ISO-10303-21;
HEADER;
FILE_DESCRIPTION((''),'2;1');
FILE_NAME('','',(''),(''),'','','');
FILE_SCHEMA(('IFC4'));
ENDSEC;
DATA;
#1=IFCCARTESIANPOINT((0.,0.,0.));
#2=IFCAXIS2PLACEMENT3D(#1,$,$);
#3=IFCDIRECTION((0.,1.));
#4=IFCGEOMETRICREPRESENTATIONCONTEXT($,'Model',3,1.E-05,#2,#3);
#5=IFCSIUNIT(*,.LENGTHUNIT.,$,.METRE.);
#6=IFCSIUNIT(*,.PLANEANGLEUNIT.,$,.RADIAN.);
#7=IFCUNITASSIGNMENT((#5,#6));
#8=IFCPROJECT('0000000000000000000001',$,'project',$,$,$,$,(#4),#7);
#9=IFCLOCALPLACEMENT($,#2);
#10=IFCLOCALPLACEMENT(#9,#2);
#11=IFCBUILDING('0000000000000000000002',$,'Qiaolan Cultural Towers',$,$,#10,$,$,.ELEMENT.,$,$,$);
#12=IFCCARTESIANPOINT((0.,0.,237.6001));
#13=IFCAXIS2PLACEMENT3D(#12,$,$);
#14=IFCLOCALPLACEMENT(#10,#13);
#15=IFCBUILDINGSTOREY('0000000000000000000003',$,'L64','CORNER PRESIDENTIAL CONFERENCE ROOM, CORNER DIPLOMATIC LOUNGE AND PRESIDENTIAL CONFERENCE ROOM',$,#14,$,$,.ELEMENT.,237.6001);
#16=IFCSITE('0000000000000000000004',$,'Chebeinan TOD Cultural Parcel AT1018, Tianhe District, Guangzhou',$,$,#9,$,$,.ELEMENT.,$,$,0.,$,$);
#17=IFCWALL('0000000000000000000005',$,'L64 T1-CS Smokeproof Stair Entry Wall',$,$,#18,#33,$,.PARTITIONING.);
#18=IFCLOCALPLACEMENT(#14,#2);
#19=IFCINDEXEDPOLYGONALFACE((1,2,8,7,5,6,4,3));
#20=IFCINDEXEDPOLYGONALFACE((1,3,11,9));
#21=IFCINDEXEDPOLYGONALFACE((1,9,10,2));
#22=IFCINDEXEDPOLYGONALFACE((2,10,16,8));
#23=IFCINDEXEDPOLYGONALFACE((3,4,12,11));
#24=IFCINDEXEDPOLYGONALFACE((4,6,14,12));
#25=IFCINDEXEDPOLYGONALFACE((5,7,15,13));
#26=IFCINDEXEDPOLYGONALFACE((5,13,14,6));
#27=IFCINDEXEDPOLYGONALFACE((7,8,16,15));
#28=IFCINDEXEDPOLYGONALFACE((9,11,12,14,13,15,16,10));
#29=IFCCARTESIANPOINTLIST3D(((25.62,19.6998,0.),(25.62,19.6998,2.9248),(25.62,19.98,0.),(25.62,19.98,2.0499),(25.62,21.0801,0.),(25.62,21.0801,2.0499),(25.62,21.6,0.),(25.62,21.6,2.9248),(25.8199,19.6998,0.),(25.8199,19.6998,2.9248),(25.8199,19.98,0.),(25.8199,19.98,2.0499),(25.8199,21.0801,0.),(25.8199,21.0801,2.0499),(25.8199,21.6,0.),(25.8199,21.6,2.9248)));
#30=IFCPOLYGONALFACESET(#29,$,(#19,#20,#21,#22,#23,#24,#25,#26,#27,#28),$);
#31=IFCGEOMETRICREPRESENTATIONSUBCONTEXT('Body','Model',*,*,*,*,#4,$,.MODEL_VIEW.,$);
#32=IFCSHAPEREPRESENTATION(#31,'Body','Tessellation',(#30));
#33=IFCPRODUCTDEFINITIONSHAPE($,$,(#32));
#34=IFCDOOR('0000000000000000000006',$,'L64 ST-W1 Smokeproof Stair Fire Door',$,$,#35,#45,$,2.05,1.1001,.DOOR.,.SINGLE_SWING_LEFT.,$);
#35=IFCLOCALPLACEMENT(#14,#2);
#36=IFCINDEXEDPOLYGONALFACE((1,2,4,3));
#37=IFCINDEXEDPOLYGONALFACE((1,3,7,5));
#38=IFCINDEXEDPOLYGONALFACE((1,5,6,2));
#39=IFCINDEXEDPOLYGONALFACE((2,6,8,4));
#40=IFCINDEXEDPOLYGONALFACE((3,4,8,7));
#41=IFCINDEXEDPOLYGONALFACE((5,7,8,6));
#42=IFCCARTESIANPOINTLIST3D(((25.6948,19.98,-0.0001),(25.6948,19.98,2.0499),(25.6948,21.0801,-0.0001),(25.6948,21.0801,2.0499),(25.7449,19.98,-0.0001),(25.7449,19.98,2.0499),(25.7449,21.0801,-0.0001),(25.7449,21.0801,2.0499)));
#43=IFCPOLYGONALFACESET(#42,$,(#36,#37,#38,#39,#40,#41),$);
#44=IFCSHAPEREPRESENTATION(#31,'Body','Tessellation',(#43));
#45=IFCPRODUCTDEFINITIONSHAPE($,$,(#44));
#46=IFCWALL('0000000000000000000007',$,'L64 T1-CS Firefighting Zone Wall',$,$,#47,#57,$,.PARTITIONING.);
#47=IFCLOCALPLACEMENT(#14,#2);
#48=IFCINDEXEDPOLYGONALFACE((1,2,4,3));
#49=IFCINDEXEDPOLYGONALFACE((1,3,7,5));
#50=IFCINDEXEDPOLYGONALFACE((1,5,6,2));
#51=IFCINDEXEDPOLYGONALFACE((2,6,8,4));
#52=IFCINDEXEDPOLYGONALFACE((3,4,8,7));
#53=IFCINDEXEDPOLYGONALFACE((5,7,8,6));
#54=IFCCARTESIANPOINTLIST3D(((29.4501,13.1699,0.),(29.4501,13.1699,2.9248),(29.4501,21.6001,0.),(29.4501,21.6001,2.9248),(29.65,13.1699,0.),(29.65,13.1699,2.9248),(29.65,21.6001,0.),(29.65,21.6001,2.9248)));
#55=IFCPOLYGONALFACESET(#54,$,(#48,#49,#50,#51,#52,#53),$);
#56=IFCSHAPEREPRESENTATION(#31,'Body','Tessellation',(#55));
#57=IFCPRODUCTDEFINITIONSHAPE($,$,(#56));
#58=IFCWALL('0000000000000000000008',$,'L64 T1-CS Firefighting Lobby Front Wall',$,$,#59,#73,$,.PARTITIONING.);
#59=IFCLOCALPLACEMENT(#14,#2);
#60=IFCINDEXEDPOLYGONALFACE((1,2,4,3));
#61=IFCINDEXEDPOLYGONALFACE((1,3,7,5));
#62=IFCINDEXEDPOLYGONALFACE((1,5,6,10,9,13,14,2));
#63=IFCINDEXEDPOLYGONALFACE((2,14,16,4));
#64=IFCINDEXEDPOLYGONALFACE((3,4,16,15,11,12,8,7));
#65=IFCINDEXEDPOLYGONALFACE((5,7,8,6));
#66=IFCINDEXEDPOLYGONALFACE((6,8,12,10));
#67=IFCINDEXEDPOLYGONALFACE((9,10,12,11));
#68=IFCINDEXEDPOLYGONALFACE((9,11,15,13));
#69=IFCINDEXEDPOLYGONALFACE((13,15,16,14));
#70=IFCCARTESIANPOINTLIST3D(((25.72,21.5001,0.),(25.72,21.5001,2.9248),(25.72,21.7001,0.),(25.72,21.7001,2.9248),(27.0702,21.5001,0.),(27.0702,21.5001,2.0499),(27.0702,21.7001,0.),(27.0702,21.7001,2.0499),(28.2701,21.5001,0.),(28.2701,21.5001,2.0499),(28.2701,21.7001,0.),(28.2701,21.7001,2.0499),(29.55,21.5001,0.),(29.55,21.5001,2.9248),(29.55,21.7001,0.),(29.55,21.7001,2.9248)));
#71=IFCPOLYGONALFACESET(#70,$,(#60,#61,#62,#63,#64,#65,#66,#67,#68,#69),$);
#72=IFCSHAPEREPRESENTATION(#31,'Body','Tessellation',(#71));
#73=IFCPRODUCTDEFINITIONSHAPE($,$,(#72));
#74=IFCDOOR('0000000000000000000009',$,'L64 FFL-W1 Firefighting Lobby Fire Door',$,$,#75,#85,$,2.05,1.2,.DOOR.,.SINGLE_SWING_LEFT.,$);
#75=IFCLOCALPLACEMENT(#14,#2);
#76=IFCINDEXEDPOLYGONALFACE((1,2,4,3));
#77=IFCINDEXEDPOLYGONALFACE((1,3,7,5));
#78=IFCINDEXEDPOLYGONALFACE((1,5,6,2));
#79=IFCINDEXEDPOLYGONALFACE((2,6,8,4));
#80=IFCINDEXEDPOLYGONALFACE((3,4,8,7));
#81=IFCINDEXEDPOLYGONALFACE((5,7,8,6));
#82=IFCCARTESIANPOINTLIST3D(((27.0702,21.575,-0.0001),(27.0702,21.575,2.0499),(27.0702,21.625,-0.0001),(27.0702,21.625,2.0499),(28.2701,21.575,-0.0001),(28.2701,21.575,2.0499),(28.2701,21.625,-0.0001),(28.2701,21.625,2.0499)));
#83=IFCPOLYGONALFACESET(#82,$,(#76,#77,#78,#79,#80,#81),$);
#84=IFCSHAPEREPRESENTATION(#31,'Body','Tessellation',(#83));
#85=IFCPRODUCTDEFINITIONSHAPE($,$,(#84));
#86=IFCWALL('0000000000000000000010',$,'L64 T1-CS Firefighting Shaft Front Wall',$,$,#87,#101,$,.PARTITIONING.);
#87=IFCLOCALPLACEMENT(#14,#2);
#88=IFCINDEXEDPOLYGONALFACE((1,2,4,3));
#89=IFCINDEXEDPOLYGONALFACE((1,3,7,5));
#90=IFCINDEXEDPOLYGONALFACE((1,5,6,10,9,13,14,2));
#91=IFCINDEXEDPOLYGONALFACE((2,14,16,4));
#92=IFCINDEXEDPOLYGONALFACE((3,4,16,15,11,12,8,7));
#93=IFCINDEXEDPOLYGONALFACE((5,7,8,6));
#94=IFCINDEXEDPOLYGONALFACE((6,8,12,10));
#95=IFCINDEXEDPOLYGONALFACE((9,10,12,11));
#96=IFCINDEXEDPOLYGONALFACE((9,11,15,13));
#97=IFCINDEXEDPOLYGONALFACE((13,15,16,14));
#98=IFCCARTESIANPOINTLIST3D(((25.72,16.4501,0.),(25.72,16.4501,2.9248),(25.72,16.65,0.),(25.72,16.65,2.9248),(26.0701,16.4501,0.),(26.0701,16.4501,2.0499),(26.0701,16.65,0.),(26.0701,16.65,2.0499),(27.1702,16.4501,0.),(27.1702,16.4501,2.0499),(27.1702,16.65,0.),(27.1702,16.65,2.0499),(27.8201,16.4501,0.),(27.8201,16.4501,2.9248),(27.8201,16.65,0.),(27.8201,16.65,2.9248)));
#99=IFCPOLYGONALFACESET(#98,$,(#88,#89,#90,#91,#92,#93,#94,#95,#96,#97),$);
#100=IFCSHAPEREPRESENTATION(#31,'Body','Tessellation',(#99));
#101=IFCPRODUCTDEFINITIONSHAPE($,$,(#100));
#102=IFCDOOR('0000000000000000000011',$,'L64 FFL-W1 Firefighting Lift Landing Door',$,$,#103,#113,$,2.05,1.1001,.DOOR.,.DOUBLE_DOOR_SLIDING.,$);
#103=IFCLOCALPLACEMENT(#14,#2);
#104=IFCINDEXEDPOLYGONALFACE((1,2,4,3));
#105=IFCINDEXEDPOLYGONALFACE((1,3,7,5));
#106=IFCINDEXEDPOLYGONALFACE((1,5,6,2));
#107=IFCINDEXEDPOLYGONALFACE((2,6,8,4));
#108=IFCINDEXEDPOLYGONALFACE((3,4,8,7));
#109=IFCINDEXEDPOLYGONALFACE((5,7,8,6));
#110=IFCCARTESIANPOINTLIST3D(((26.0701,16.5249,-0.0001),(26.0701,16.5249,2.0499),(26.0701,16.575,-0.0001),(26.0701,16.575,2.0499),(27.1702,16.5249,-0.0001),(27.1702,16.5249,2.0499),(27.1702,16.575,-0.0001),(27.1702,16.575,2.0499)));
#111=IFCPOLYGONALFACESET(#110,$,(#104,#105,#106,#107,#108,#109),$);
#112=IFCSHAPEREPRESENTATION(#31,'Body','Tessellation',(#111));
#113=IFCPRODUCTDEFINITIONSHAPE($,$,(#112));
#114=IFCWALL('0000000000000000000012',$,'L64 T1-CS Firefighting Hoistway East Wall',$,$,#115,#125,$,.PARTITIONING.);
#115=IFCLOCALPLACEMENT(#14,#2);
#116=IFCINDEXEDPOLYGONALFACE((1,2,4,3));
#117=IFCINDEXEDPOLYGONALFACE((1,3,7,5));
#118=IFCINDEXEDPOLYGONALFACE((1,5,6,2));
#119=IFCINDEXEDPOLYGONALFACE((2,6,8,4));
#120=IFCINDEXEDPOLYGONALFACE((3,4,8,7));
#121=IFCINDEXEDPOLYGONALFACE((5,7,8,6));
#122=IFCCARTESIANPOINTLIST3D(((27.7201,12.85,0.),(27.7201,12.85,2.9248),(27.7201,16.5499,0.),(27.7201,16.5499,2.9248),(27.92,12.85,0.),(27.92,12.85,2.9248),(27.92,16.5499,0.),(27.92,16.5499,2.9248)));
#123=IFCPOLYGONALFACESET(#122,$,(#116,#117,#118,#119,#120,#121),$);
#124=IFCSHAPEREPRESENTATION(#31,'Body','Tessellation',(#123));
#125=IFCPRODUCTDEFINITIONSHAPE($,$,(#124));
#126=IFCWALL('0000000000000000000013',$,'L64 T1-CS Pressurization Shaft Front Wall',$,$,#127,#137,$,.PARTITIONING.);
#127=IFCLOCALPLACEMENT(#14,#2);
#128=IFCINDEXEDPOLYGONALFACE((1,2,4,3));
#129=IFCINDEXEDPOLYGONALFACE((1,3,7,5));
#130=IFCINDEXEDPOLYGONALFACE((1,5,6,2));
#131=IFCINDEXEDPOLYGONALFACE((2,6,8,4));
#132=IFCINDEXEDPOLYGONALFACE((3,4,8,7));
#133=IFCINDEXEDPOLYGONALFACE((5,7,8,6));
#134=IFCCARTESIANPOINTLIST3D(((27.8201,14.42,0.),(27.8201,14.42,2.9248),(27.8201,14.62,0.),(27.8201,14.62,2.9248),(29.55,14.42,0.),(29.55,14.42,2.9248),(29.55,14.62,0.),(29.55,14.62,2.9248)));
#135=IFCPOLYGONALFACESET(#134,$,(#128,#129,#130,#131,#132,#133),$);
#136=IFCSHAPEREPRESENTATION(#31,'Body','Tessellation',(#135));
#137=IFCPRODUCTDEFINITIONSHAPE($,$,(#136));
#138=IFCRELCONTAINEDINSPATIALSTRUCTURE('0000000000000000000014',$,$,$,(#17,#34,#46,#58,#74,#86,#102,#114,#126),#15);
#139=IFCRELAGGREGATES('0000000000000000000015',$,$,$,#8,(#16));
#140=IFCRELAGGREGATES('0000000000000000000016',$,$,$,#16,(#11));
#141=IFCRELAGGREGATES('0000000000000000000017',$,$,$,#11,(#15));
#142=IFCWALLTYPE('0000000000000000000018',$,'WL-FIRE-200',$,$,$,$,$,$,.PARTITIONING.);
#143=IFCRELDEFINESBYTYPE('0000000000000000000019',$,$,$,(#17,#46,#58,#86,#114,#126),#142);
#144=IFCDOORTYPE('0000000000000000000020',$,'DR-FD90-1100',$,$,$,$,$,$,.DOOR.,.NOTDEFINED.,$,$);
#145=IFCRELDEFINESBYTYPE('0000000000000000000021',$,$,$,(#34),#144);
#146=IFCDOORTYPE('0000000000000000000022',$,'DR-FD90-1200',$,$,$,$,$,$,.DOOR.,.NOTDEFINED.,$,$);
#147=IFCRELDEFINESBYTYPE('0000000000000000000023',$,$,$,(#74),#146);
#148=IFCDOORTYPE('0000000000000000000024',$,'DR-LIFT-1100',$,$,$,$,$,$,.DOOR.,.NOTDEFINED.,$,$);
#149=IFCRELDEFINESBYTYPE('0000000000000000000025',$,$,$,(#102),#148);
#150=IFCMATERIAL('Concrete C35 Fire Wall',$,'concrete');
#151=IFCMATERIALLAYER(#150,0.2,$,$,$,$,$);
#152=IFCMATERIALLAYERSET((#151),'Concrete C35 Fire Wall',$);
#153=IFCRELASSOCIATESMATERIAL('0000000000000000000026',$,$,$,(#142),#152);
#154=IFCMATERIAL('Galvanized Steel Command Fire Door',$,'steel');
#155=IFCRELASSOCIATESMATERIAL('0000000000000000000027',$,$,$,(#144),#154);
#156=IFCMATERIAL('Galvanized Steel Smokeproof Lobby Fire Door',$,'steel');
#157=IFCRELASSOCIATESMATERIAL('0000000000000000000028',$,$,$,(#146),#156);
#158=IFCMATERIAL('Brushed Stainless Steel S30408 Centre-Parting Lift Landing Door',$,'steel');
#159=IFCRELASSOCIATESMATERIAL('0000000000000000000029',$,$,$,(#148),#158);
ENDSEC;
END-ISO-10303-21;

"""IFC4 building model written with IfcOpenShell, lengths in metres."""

from ifc_helpers import new_model, si_unit, direction, frame, frame_2d, origin, place, context, subcontext, project, spatial, rectangle, extrude, material, layer, layer_set, type_object, element, fill, save


model = new_model("IFC4")

# Units and contexts
model_context = context("Model", 3, precision=1e-05, world=origin(), true_north=direction((0.0, 1.0)))
body_context = subcontext(model_context, "Body", "Model", "MODEL_VIEW")
ifc_project = project(units=[si_unit("LENGTHUNIT", "METRE"), si_unit("PLANEANGLEUNIT", "RADIAN")], contexts=[model_context])

# Site, building, storey
site_placement = place(None, origin())
site = spatial("IfcSite", under=ifc_project, at=site_placement, Name="Chebeinan TOD Cultural Parcel AT1018, Tianhe District, Guangzhou", CompositionType="ELEMENT", RefElevation=0.0)
building_placement = place(site_placement, origin())
building = spatial("IfcBuilding", under=site, at=building_placement, Name="Qiaolan Cultural Towers", CompositionType="ELEMENT")
storey_placement = place(building_placement, frame((0.0, 0.0, 237.6001)))
storey = spatial("IfcBuildingStorey", under=building, at=storey_placement, Name="L64", Description="CORNER PRESIDENTIAL CONFERENCE ROOM, CORNER DIPLOMATIC LOUNGE AND PRESIDENTIAL CONFERENCE ROOM", CompositionType="ELEMENT", Elevation=237.6001)

# Wall, opening, door
ifc_material_1 = material(Name="Concrete C35 Fire Wall", Category="concrete")
ifc_layer_1 = layer(ifc_material_1, 0.2)
ifc_layer_set_1 = layer_set([ifc_layer_1], Name="Concrete C35 Fire Wall")
wall_type_1 = type_object("IfcWallType", Name="WL-FIRE-200", PredefinedType="PARTITIONING", material=ifc_layer_set_1)
wall_1_placement = place(storey_placement, frame((25.72, 21.6001, 0.0), z_axis=(0.0, 0.0, 1.0), x_axis=(0.0, -1.0, 0.0)))
wall_1 = element("IfcWall", 1, at=wall_1_placement, inside=storey, type_object=wall_type_1, Name="L64 T1-CS Smokeproof Stair Entry Wall", PredefinedType="PARTITIONING", context=body_context, shape_type="SweptSolid", body=[
    extrude(rectangle(XDim=1.9001, YDim=0.2, at=frame_2d((0.9502, 0.0))), origin(), (0.0, 0.0, 1.0), 2.9248),
])
opening_1_placement = place(wall_1_placement, frame((0.52, 0.0, 0.0)))
opening_1 = element("IfcOpeningElement", 2, at=opening_1_placement, cuts=wall_1, PredefinedType="OPENING", context=body_context, shape_type="SweptSolid", body=[
    extrude(rectangle(XDim=1.1001, YDim=2.05, at=frame_2d((0.55, 1.0249))), frame((0.0, 0.1099, 0.0), z_axis=(0.0, -1.0, 0.0), x_axis=(1.0, 0.0, 0.0)), (0.0, 0.0, 1.0), 0.22),
])
ifc_material_2 = material(Name="Galvanized Steel Command Fire Door", Category="steel")
door_type_1 = type_object("IfcDoorType", Name="DR-FD90-1100", OperationType="NOTDEFINED", PredefinedType="DOOR", material=ifc_material_2)
door_1_placement = place(opening_1_placement, origin())
door_1 = element("IfcDoor", 3, at=door_1_placement, inside=storey, type_object=door_type_1, Name="L64 ST-W1 Smokeproof Stair Fire Door", OperationType="SINGLE_SWING_LEFT", OverallHeight=2.05, OverallWidth=1.1001, PredefinedType="DOOR", context=body_context, shape_type="SweptSolid", body=[
    extrude(rectangle(XDim=1.1001, YDim=2.05, at=frame_2d((0.55, 1.0249))), frame((0.0, 0.0249, 0.0), z_axis=(0.0, -1.0, 0.0), x_axis=(1.0, 0.0, 0.0)), (0.0, 0.0, 1.0), 0.05),
])
fill(opening_1, door_1)

# Wall
wall_2_placement = place(storey_placement, frame((29.55, 21.6001, 0.0), z_axis=(0.0, 0.0, 1.0), x_axis=(0.0, -1.0, 0.0)))
element("IfcWall", 4, at=wall_2_placement, inside=storey, type_object=wall_type_1, Name="L64 T1-CS Firefighting Zone Wall", PredefinedType="PARTITIONING", context=body_context, shape_type="SweptSolid", body=[
    extrude(rectangle(XDim=8.4302, YDim=0.2, at=frame_2d((4.2151, 0.0))), origin(), (0.0, 0.0, 1.0), 2.9248),
])

# Walls, openings, doors
wall_3_placement = place(storey_placement, frame((25.72, 21.6001, 0.0), z_axis=(0.0, 0.0, 1.0), x_axis=(1.0, 0.0, 0.0)))
wall_3 = element("IfcWall", 5, at=wall_3_placement, inside=storey, type_object=wall_type_1, Name="L64 T1-CS Firefighting Lobby Front Wall", PredefinedType="PARTITIONING", context=body_context, shape_type="SweptSolid", body=[
    extrude(rectangle(XDim=3.8301, YDim=0.2, at=frame_2d((1.915, 0.0))), origin(), (0.0, 0.0, 1.0), 2.9248),
])
opening_2_placement = place(wall_3_placement, frame((1.3501, 0.0, 0.0)))
opening_2 = element("IfcOpeningElement", 6, at=opening_2_placement, cuts=wall_3, PredefinedType="OPENING", context=body_context, shape_type="SweptSolid", body=[
    extrude(rectangle(XDim=1.2, YDim=2.05, at=frame_2d((0.6001, 1.0249))), frame((0.0, 0.1099, 0.0), z_axis=(0.0, -1.0, 0.0), x_axis=(1.0, 0.0, 0.0)), (0.0, 0.0, 1.0), 0.22),
])
ifc_material_3 = material(Name="Galvanized Steel Smokeproof Lobby Fire Door", Category="steel")
door_type_2 = type_object("IfcDoorType", Name="DR-FD90-1200", OperationType="NOTDEFINED", PredefinedType="DOOR", material=ifc_material_3)
door_2_placement = place(opening_2_placement, origin())
door_2 = element("IfcDoor", 7, at=door_2_placement, inside=storey, type_object=door_type_2, Name="L64 FFL-W1 Firefighting Lobby Fire Door", OperationType="SINGLE_SWING_LEFT", OverallHeight=2.05, OverallWidth=1.2, PredefinedType="DOOR", context=body_context, shape_type="SweptSolid", body=[
    extrude(rectangle(XDim=1.2, YDim=2.05, at=frame_2d((0.6001, 1.0249))), frame((0.0, 0.0249, 0.0), z_axis=(0.0, -1.0, 0.0), x_axis=(1.0, 0.0, 0.0)), (0.0, 0.0, 1.0), 0.05),
])
fill(opening_2, door_2)
wall_4_placement = place(storey_placement, frame((25.72, 16.55, 0.0), z_axis=(0.0, 0.0, 1.0), x_axis=(1.0, 0.0, 0.0)))
wall_4 = element("IfcWall", 8, at=wall_4_placement, inside=storey, type_object=wall_type_1, Name="L64 T1-CS Firefighting Shaft Front Wall", PredefinedType="PARTITIONING", context=body_context, shape_type="SweptSolid", body=[
    extrude(rectangle(XDim=2.1001, YDim=0.2, at=frame_2d((1.05, 0.0))), origin(), (0.0, 0.0, 1.0), 2.9248),
])
opening_3_placement = place(wall_4_placement, frame((0.3501, 0.0, 0.0)))
opening_3 = element("IfcOpeningElement", 9, at=opening_3_placement, cuts=wall_4, PredefinedType="OPENING", context=body_context, shape_type="SweptSolid", body=[
    extrude(rectangle(XDim=1.1001, YDim=2.05, at=frame_2d((0.55, 1.0249))), frame((0.0, 0.1099, 0.0), z_axis=(0.0, -1.0, 0.0), x_axis=(1.0, 0.0, 0.0)), (0.0, 0.0, 1.0), 0.22),
])
ifc_material_4 = material(Name="Brushed Stainless Steel S30408 Centre-Parting Lift Landing Door", Category="steel")
door_type_3 = type_object("IfcDoorType", Name="DR-LIFT-1100", OperationType="NOTDEFINED", PredefinedType="DOOR", material=ifc_material_4)
door_3_placement = place(opening_3_placement, origin())
door_3 = element("IfcDoor", 10, at=door_3_placement, inside=storey, type_object=door_type_3, Name="L64 FFL-W1 Firefighting Lift Landing Door", OperationType="DOUBLE_DOOR_SLIDING", OverallHeight=2.05, OverallWidth=1.1001, PredefinedType="DOOR", context=body_context, shape_type="SweptSolid", body=[
    extrude(rectangle(XDim=1.1001, YDim=2.05, at=frame_2d((0.55, 1.0249))), frame((0.0, 0.0249, 0.0), z_axis=(0.0, -1.0, 0.0), x_axis=(1.0, 0.0, 0.0)), (0.0, 0.0, 1.0), 0.05),
])
fill(opening_3, door_3)

# Walls
wall_5_placement = place(storey_placement, frame((27.8201, 16.55, 0.0), z_axis=(0.0, 0.0, 1.0), x_axis=(0.0, -1.0, 0.0)))
element("IfcWall", 11, at=wall_5_placement, inside=storey, type_object=wall_type_1, Name="L64 T1-CS Firefighting Hoistway East Wall", PredefinedType="PARTITIONING", context=body_context, shape_type="SweptSolid", body=[
    extrude(rectangle(XDim=3.7, YDim=0.2, at=frame_2d((1.8501, 0.0))), origin(), (0.0, 0.0, 1.0), 2.9248),
])
wall_6_placement = place(storey_placement, frame((27.8201, 14.52, 0.0), z_axis=(0.0, 0.0, 1.0), x_axis=(1.0, 0.0, 0.0)))
element("IfcWall", 12, at=wall_6_placement, inside=storey, type_object=wall_type_1, Name="L64 T1-CS Pressurization Shaft Front Wall", PredefinedType="PARTITIONING", context=body_context, shape_type="SweptSolid", body=[
    extrude(rectangle(XDim=1.73, YDim=0.2, at=frame_2d((0.865, 0.0))), origin(), (0.0, 0.0, 1.0), 2.9248),
])

save(model, "model.ifc")
